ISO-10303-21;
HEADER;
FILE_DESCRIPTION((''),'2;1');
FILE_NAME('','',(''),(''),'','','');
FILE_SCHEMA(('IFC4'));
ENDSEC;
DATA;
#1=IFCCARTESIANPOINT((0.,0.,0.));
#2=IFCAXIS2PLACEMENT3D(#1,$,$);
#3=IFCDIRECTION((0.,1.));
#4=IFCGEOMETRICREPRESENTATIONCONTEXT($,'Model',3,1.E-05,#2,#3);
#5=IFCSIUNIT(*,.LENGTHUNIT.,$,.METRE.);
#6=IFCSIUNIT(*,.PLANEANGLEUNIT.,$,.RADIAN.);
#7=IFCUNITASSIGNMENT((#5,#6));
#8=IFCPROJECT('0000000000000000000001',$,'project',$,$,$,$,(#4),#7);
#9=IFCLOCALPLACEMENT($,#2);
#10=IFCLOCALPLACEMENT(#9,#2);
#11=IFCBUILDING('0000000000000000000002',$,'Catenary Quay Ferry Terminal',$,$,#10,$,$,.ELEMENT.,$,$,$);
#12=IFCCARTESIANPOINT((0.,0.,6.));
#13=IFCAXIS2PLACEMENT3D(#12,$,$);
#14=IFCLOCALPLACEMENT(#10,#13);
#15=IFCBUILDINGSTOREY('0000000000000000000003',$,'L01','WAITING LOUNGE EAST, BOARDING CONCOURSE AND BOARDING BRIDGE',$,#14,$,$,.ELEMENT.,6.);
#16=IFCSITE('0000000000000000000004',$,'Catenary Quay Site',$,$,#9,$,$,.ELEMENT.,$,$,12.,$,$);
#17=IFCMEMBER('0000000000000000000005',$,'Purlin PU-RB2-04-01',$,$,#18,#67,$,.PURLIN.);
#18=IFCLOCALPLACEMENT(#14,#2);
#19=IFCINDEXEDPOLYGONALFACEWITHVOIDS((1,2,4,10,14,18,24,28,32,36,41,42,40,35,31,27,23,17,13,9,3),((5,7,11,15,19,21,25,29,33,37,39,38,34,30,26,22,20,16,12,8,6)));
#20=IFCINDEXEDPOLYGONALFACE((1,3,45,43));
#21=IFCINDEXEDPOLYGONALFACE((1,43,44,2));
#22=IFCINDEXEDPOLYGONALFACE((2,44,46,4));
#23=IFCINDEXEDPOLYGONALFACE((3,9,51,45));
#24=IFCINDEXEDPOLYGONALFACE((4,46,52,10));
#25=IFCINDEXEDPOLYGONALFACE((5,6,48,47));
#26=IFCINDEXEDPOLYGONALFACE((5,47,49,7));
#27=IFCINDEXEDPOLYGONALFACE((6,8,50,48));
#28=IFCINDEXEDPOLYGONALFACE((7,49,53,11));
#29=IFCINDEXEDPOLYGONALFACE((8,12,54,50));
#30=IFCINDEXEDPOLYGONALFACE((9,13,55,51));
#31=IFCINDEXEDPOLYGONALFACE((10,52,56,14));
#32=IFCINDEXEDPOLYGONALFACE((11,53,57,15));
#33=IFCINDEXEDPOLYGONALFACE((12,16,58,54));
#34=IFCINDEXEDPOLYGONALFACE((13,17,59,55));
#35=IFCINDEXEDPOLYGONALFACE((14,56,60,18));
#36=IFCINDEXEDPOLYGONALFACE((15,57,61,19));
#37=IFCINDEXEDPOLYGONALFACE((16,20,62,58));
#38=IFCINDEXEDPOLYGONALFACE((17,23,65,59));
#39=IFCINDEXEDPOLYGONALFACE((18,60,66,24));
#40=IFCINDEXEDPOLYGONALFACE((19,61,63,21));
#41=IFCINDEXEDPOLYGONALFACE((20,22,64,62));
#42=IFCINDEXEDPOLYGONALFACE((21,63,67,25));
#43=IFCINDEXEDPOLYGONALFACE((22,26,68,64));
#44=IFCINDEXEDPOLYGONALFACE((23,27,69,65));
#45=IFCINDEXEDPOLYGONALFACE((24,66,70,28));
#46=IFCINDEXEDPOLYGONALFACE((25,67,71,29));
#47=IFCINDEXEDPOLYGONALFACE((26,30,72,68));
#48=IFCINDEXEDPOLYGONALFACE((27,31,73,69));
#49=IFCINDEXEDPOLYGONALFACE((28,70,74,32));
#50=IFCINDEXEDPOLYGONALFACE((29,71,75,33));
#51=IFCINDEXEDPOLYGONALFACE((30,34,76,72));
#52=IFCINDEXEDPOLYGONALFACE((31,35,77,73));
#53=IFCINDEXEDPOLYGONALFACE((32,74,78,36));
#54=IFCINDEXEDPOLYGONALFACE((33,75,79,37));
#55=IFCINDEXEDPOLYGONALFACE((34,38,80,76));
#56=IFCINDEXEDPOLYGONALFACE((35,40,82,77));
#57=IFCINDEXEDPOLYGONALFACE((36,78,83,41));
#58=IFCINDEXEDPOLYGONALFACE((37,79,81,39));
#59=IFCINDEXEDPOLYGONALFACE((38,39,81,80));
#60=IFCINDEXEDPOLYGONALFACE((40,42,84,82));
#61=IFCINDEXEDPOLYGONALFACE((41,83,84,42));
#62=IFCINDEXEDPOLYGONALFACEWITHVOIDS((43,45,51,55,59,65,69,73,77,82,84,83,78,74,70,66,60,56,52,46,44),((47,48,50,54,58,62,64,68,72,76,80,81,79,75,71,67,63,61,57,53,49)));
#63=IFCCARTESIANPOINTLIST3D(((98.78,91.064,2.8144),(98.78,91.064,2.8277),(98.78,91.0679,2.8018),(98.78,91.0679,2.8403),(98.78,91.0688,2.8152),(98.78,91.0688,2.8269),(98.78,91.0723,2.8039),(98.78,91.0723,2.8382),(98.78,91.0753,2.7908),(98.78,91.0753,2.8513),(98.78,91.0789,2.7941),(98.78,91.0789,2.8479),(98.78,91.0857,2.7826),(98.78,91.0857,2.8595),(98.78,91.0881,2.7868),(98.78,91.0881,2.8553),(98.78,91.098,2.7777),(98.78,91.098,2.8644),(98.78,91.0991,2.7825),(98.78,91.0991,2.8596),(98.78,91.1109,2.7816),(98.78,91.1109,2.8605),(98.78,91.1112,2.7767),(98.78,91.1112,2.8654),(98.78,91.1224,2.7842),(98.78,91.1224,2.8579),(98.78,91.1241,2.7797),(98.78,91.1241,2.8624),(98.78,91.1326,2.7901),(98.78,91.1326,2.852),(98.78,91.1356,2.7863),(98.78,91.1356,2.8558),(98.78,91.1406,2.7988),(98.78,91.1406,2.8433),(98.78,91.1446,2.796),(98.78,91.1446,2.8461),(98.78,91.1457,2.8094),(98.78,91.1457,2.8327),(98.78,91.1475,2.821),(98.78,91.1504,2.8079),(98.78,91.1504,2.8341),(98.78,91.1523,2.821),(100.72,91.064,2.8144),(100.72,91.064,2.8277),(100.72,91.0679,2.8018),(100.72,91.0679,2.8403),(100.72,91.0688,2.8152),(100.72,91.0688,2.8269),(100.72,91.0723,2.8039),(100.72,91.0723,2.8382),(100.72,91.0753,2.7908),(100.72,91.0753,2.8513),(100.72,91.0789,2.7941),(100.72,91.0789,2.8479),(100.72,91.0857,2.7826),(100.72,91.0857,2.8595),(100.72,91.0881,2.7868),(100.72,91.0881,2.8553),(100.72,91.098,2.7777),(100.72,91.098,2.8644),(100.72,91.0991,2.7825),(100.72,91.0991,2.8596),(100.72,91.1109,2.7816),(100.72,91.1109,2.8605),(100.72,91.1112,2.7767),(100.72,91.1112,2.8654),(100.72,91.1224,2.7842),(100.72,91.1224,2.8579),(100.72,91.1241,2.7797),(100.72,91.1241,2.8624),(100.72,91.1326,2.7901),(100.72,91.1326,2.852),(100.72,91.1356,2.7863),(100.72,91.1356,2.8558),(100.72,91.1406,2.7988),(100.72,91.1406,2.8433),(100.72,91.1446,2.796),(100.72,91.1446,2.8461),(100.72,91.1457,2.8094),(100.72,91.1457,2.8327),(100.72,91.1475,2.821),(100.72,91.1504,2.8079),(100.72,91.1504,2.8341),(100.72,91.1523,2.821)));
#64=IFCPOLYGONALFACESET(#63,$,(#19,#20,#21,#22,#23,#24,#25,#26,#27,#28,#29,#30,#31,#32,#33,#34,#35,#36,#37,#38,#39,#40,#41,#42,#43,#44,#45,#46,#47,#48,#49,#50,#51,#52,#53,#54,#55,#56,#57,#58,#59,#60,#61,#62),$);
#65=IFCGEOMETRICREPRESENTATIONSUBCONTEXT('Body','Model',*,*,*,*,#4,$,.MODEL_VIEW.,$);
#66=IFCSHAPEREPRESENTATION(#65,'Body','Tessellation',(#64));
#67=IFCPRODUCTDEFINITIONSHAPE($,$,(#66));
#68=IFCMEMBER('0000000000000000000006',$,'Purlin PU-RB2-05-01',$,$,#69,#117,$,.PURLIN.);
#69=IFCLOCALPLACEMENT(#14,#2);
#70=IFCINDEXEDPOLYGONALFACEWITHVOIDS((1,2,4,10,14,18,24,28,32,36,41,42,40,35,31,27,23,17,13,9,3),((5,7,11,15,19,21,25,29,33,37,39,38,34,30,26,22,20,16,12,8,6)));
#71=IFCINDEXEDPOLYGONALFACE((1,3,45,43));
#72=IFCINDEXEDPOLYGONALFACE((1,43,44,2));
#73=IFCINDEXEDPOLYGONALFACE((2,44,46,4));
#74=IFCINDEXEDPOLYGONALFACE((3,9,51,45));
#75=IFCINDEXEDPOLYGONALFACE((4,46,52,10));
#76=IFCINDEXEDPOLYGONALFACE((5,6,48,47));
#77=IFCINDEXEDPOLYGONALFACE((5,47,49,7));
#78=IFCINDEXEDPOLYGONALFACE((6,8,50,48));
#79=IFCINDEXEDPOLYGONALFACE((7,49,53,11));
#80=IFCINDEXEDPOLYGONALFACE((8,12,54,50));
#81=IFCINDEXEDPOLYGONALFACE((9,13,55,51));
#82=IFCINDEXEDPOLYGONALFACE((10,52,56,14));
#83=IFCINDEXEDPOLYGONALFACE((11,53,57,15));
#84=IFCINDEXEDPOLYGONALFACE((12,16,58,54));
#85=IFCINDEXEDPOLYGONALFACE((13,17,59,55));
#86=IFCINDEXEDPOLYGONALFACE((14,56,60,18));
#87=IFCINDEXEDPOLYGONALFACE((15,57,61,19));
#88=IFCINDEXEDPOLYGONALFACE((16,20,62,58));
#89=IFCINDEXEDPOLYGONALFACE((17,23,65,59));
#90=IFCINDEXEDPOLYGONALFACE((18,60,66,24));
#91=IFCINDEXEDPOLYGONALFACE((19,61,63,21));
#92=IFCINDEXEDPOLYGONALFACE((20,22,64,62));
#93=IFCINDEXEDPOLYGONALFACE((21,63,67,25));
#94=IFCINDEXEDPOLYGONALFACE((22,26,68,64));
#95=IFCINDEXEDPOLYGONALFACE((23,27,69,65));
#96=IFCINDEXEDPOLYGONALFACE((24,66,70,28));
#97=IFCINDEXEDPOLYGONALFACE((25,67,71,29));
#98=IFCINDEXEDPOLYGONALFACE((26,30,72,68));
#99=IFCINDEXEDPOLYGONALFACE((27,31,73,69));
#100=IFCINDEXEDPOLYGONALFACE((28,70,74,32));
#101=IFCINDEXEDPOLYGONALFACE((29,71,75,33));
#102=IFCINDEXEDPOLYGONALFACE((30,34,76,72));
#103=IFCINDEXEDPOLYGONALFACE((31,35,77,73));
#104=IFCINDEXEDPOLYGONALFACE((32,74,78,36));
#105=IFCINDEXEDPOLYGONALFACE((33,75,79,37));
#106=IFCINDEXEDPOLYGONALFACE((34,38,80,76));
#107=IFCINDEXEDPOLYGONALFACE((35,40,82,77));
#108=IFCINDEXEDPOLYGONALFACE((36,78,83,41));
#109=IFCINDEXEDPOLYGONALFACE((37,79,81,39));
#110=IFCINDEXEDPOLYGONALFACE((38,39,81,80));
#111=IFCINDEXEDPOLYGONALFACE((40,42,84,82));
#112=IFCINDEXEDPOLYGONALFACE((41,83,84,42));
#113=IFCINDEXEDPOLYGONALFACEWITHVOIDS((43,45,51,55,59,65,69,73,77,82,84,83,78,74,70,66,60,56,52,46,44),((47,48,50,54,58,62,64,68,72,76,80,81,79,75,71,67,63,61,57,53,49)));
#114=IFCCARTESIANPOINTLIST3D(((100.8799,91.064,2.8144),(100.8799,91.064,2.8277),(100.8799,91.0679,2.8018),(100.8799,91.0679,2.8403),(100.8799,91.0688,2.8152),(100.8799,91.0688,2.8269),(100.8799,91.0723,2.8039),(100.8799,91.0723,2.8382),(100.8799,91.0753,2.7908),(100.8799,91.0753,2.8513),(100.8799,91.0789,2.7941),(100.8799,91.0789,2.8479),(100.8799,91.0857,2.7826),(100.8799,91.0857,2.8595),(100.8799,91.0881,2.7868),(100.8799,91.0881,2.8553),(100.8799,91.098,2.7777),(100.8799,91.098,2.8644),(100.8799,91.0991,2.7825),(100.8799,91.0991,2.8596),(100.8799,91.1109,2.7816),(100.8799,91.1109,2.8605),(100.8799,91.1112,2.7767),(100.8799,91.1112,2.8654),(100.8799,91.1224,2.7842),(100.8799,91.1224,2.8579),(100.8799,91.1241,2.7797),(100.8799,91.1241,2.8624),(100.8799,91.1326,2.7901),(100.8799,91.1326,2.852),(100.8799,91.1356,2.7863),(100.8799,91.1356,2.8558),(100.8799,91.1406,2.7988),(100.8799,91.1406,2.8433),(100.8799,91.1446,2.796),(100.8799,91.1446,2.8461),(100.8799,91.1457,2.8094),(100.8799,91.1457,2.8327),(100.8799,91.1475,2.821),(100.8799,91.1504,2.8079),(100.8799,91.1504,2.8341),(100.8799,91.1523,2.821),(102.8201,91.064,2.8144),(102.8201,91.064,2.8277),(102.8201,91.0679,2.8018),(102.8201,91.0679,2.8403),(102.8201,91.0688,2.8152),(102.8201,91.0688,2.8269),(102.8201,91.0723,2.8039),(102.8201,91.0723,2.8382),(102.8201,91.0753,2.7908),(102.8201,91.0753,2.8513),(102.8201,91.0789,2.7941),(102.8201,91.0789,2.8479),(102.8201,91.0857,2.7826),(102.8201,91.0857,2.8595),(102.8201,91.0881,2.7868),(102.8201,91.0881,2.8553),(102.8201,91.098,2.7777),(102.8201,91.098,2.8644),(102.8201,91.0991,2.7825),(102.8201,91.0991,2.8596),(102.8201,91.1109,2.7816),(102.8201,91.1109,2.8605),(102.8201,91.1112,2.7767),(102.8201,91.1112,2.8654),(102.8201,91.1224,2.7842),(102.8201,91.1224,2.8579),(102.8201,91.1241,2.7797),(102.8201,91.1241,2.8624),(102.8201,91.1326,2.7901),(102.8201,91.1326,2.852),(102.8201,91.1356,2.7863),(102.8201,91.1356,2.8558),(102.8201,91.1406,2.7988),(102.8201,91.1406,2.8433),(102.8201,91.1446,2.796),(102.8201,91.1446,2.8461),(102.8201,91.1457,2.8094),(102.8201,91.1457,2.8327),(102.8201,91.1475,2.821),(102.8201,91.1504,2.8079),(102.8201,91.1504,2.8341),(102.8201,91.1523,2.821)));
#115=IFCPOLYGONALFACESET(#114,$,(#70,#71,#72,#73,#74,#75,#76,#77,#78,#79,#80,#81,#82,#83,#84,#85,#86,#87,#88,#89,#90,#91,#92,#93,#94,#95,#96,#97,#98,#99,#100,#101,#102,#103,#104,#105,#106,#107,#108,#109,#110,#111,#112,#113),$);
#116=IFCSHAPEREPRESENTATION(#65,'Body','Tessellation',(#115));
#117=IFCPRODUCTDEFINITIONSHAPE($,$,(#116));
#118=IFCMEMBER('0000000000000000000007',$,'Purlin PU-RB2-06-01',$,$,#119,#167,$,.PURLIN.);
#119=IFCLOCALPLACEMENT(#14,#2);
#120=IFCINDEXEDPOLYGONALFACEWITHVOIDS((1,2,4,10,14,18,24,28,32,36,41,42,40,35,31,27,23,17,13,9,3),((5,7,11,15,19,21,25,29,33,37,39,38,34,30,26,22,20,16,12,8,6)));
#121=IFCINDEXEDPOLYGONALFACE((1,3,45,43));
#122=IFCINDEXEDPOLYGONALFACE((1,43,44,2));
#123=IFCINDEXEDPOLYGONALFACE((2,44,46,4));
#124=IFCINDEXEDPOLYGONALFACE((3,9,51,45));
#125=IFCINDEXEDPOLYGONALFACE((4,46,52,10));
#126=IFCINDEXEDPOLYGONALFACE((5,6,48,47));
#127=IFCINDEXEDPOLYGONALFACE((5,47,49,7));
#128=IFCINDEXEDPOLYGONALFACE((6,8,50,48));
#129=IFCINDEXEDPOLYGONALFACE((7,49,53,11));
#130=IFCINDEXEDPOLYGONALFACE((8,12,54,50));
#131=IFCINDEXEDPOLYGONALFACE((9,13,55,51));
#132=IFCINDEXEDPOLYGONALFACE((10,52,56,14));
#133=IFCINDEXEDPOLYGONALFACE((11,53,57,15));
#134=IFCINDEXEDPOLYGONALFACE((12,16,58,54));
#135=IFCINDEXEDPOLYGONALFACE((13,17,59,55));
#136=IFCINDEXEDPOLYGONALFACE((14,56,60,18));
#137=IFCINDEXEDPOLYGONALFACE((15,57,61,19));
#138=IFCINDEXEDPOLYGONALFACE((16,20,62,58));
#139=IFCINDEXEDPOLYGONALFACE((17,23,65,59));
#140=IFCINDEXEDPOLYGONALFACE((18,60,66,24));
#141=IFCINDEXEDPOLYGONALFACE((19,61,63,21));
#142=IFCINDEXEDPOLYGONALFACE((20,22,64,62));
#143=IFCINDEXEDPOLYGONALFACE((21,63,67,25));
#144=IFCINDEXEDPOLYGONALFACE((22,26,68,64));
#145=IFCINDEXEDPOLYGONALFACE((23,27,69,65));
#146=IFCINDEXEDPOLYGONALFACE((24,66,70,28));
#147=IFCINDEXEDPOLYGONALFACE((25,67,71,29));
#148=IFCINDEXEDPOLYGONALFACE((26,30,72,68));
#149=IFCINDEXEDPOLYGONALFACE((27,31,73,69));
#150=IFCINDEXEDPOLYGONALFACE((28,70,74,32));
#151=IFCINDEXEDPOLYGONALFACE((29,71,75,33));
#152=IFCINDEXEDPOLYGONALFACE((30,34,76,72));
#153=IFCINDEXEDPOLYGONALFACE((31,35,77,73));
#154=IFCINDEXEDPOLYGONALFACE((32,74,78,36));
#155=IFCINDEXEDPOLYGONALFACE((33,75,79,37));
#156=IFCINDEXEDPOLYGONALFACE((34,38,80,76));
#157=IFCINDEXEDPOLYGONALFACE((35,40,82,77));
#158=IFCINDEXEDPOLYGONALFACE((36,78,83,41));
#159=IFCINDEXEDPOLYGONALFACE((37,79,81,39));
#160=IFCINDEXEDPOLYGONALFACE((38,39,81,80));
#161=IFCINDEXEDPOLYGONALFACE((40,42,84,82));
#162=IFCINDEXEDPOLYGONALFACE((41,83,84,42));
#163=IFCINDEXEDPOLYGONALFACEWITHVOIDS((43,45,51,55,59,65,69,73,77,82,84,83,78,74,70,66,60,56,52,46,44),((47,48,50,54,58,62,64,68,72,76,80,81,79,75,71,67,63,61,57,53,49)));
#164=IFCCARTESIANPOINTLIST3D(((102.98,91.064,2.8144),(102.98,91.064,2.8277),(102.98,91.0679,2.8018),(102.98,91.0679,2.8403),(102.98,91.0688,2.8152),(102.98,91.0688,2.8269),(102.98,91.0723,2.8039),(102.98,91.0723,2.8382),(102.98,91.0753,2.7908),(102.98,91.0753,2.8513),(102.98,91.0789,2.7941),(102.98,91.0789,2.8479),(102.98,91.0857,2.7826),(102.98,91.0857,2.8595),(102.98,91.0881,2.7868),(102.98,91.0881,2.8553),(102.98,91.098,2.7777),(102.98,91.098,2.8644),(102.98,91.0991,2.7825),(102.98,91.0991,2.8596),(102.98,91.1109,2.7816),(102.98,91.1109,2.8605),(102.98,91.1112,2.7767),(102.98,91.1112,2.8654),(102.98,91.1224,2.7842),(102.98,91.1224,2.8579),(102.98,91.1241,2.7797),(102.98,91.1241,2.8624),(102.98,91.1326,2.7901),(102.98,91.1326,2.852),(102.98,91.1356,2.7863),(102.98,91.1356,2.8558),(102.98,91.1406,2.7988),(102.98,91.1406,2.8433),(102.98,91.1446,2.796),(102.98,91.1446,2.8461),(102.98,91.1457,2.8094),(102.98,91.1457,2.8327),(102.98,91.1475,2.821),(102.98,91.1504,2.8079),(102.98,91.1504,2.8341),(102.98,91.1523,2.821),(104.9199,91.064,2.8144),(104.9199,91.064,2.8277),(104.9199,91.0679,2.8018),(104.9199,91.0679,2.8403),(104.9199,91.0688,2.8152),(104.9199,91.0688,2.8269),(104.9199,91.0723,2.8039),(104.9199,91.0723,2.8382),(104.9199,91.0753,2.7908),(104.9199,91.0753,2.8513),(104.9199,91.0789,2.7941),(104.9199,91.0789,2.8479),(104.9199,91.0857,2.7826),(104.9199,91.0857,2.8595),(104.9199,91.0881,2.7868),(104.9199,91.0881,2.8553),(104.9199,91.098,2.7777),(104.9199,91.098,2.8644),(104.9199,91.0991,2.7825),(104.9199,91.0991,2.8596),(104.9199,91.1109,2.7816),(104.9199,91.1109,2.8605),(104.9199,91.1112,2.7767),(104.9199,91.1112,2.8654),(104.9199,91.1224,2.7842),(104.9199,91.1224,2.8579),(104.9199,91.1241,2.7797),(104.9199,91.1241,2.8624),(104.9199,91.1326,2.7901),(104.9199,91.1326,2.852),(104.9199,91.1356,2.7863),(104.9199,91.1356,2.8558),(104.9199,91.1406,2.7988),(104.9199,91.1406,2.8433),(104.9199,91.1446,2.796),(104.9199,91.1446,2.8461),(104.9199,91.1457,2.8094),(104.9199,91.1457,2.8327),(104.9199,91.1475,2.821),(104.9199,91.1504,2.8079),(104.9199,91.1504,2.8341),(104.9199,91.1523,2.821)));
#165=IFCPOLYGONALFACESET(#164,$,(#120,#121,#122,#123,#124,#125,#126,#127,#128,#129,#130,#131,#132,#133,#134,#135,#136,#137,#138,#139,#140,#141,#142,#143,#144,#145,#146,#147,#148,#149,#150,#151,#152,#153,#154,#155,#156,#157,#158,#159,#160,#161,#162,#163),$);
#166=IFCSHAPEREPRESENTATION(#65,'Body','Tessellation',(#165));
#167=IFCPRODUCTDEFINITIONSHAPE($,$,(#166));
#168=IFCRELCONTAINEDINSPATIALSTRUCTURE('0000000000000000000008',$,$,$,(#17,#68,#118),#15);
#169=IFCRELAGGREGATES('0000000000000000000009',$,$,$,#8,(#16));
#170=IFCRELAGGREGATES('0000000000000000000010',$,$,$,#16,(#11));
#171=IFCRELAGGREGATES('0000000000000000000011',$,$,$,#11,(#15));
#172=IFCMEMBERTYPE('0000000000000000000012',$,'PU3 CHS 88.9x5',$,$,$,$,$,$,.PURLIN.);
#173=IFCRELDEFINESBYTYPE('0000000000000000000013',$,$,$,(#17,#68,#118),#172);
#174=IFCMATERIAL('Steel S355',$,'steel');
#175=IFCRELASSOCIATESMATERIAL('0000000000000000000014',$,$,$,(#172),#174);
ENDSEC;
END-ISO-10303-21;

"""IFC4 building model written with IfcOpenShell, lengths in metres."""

from ifc_helpers import new_model, si_unit, direction, frame, origin, origin_2d, place, context, subcontext, project, spatial, hollow_circle, extrude, material, material_profile, profile_set, type_object, element, save


model = new_model("IFC4")

# Units and contexts
model_context = context("Model", 3, precision=1e-05, world=origin(), true_north=direction((0.0, 1.0)))
body_context = subcontext(model_context, "Body", "Model", "MODEL_VIEW")
ifc_project = project(units=[si_unit("LENGTHUNIT", "METRE"), si_unit("PLANEANGLEUNIT", "RADIAN")], contexts=[model_context])

# Site, building, storey
site_placement = place(None, origin())
site = spatial("IfcSite", under=ifc_project, at=site_placement, Name="Catenary Quay Site", CompositionType="ELEMENT", RefElevation=12.0)
building_placement = place(site_placement, origin())
building = spatial("IfcBuilding", under=site, at=building_placement, Name="Catenary Quay Ferry Terminal", CompositionType="ELEMENT")
storey_placement = place(building_placement, frame((0.0, 0.0, 6.0)))
storey = spatial("IfcBuildingStorey", under=building, at=storey_placement, Name="L01", Description="WAITING LOUNGE EAST, BOARDING CONCOURSE AND BOARDING BRIDGE", CompositionType="ELEMENT", Elevation=6.0)

# Members
ifc_material_1 = material(Name="Steel S355", Category="steel")
ifc_material_profile_1 = material_profile(ifc_material_1, hollow_circle(Radius=0.0444, WallThickness=0.0049, at=origin_2d()), Name="CHS 88.9x5")
ifc_profile_set_1 = profile_set([ifc_material_profile_1], Name="Steel S355")
member_type_1 = type_object("IfcMemberType", Name="PU3 CHS 88.9x5", PredefinedType="PURLIN", material=ifc_profile_set_1)
member_1_placement = place(storey_placement, frame((98.78, 91.1079, 2.821), z_axis=(1.0, 0.0, 0.0), x_axis=(0.0, 1.0, 0.0)))
element("IfcMember", 1, at=member_1_placement, inside=storey, type_object=member_type_1, Name="Purlin PU-RB2-04-01", PredefinedType="PURLIN", context=body_context, shape_type="SweptSolid", body=[
    extrude(hollow_circle(Radius=0.0444, WallThickness=0.0049, at=origin_2d()), origin(), (0.0, 0.0, 1.0), 1.9399),
])
member_2_placement = place(storey_placement, frame((100.8799, 91.1079, 2.821), z_axis=(1.0, 0.0, 0.0), x_axis=(0.0, 1.0, 0.0)))
element("IfcMember", 2, at=member_2_placement, inside=storey, type_object=member_type_1, Name="Purlin PU-RB2-05-01", PredefinedType="PURLIN", context=body_context, shape_type="SweptSolid", body=[
    extrude(hollow_circle(Radius=0.0444, WallThickness=0.0049, at=origin_2d()), origin(), (0.0, 0.0, 1.0), 1.9402),
])
member_3_placement = place(storey_placement, frame((102.98, 91.1079, 2.821), z_axis=(1.0, 0.0, 0.0), x_axis=(0.0, 1.0, 0.0)))
element("IfcMember", 3, at=member_3_placement, inside=storey, type_object=member_type_1, Name="Purlin PU-RB2-06-01", PredefinedType="PURLIN", context=body_context, shape_type="SweptSolid", body=[
    extrude(hollow_circle(Radius=0.0444, WallThickness=0.0049, at=origin_2d()), origin(), (0.0, 0.0, 1.0), 1.9399),
])

save(model, "model.ifc")
